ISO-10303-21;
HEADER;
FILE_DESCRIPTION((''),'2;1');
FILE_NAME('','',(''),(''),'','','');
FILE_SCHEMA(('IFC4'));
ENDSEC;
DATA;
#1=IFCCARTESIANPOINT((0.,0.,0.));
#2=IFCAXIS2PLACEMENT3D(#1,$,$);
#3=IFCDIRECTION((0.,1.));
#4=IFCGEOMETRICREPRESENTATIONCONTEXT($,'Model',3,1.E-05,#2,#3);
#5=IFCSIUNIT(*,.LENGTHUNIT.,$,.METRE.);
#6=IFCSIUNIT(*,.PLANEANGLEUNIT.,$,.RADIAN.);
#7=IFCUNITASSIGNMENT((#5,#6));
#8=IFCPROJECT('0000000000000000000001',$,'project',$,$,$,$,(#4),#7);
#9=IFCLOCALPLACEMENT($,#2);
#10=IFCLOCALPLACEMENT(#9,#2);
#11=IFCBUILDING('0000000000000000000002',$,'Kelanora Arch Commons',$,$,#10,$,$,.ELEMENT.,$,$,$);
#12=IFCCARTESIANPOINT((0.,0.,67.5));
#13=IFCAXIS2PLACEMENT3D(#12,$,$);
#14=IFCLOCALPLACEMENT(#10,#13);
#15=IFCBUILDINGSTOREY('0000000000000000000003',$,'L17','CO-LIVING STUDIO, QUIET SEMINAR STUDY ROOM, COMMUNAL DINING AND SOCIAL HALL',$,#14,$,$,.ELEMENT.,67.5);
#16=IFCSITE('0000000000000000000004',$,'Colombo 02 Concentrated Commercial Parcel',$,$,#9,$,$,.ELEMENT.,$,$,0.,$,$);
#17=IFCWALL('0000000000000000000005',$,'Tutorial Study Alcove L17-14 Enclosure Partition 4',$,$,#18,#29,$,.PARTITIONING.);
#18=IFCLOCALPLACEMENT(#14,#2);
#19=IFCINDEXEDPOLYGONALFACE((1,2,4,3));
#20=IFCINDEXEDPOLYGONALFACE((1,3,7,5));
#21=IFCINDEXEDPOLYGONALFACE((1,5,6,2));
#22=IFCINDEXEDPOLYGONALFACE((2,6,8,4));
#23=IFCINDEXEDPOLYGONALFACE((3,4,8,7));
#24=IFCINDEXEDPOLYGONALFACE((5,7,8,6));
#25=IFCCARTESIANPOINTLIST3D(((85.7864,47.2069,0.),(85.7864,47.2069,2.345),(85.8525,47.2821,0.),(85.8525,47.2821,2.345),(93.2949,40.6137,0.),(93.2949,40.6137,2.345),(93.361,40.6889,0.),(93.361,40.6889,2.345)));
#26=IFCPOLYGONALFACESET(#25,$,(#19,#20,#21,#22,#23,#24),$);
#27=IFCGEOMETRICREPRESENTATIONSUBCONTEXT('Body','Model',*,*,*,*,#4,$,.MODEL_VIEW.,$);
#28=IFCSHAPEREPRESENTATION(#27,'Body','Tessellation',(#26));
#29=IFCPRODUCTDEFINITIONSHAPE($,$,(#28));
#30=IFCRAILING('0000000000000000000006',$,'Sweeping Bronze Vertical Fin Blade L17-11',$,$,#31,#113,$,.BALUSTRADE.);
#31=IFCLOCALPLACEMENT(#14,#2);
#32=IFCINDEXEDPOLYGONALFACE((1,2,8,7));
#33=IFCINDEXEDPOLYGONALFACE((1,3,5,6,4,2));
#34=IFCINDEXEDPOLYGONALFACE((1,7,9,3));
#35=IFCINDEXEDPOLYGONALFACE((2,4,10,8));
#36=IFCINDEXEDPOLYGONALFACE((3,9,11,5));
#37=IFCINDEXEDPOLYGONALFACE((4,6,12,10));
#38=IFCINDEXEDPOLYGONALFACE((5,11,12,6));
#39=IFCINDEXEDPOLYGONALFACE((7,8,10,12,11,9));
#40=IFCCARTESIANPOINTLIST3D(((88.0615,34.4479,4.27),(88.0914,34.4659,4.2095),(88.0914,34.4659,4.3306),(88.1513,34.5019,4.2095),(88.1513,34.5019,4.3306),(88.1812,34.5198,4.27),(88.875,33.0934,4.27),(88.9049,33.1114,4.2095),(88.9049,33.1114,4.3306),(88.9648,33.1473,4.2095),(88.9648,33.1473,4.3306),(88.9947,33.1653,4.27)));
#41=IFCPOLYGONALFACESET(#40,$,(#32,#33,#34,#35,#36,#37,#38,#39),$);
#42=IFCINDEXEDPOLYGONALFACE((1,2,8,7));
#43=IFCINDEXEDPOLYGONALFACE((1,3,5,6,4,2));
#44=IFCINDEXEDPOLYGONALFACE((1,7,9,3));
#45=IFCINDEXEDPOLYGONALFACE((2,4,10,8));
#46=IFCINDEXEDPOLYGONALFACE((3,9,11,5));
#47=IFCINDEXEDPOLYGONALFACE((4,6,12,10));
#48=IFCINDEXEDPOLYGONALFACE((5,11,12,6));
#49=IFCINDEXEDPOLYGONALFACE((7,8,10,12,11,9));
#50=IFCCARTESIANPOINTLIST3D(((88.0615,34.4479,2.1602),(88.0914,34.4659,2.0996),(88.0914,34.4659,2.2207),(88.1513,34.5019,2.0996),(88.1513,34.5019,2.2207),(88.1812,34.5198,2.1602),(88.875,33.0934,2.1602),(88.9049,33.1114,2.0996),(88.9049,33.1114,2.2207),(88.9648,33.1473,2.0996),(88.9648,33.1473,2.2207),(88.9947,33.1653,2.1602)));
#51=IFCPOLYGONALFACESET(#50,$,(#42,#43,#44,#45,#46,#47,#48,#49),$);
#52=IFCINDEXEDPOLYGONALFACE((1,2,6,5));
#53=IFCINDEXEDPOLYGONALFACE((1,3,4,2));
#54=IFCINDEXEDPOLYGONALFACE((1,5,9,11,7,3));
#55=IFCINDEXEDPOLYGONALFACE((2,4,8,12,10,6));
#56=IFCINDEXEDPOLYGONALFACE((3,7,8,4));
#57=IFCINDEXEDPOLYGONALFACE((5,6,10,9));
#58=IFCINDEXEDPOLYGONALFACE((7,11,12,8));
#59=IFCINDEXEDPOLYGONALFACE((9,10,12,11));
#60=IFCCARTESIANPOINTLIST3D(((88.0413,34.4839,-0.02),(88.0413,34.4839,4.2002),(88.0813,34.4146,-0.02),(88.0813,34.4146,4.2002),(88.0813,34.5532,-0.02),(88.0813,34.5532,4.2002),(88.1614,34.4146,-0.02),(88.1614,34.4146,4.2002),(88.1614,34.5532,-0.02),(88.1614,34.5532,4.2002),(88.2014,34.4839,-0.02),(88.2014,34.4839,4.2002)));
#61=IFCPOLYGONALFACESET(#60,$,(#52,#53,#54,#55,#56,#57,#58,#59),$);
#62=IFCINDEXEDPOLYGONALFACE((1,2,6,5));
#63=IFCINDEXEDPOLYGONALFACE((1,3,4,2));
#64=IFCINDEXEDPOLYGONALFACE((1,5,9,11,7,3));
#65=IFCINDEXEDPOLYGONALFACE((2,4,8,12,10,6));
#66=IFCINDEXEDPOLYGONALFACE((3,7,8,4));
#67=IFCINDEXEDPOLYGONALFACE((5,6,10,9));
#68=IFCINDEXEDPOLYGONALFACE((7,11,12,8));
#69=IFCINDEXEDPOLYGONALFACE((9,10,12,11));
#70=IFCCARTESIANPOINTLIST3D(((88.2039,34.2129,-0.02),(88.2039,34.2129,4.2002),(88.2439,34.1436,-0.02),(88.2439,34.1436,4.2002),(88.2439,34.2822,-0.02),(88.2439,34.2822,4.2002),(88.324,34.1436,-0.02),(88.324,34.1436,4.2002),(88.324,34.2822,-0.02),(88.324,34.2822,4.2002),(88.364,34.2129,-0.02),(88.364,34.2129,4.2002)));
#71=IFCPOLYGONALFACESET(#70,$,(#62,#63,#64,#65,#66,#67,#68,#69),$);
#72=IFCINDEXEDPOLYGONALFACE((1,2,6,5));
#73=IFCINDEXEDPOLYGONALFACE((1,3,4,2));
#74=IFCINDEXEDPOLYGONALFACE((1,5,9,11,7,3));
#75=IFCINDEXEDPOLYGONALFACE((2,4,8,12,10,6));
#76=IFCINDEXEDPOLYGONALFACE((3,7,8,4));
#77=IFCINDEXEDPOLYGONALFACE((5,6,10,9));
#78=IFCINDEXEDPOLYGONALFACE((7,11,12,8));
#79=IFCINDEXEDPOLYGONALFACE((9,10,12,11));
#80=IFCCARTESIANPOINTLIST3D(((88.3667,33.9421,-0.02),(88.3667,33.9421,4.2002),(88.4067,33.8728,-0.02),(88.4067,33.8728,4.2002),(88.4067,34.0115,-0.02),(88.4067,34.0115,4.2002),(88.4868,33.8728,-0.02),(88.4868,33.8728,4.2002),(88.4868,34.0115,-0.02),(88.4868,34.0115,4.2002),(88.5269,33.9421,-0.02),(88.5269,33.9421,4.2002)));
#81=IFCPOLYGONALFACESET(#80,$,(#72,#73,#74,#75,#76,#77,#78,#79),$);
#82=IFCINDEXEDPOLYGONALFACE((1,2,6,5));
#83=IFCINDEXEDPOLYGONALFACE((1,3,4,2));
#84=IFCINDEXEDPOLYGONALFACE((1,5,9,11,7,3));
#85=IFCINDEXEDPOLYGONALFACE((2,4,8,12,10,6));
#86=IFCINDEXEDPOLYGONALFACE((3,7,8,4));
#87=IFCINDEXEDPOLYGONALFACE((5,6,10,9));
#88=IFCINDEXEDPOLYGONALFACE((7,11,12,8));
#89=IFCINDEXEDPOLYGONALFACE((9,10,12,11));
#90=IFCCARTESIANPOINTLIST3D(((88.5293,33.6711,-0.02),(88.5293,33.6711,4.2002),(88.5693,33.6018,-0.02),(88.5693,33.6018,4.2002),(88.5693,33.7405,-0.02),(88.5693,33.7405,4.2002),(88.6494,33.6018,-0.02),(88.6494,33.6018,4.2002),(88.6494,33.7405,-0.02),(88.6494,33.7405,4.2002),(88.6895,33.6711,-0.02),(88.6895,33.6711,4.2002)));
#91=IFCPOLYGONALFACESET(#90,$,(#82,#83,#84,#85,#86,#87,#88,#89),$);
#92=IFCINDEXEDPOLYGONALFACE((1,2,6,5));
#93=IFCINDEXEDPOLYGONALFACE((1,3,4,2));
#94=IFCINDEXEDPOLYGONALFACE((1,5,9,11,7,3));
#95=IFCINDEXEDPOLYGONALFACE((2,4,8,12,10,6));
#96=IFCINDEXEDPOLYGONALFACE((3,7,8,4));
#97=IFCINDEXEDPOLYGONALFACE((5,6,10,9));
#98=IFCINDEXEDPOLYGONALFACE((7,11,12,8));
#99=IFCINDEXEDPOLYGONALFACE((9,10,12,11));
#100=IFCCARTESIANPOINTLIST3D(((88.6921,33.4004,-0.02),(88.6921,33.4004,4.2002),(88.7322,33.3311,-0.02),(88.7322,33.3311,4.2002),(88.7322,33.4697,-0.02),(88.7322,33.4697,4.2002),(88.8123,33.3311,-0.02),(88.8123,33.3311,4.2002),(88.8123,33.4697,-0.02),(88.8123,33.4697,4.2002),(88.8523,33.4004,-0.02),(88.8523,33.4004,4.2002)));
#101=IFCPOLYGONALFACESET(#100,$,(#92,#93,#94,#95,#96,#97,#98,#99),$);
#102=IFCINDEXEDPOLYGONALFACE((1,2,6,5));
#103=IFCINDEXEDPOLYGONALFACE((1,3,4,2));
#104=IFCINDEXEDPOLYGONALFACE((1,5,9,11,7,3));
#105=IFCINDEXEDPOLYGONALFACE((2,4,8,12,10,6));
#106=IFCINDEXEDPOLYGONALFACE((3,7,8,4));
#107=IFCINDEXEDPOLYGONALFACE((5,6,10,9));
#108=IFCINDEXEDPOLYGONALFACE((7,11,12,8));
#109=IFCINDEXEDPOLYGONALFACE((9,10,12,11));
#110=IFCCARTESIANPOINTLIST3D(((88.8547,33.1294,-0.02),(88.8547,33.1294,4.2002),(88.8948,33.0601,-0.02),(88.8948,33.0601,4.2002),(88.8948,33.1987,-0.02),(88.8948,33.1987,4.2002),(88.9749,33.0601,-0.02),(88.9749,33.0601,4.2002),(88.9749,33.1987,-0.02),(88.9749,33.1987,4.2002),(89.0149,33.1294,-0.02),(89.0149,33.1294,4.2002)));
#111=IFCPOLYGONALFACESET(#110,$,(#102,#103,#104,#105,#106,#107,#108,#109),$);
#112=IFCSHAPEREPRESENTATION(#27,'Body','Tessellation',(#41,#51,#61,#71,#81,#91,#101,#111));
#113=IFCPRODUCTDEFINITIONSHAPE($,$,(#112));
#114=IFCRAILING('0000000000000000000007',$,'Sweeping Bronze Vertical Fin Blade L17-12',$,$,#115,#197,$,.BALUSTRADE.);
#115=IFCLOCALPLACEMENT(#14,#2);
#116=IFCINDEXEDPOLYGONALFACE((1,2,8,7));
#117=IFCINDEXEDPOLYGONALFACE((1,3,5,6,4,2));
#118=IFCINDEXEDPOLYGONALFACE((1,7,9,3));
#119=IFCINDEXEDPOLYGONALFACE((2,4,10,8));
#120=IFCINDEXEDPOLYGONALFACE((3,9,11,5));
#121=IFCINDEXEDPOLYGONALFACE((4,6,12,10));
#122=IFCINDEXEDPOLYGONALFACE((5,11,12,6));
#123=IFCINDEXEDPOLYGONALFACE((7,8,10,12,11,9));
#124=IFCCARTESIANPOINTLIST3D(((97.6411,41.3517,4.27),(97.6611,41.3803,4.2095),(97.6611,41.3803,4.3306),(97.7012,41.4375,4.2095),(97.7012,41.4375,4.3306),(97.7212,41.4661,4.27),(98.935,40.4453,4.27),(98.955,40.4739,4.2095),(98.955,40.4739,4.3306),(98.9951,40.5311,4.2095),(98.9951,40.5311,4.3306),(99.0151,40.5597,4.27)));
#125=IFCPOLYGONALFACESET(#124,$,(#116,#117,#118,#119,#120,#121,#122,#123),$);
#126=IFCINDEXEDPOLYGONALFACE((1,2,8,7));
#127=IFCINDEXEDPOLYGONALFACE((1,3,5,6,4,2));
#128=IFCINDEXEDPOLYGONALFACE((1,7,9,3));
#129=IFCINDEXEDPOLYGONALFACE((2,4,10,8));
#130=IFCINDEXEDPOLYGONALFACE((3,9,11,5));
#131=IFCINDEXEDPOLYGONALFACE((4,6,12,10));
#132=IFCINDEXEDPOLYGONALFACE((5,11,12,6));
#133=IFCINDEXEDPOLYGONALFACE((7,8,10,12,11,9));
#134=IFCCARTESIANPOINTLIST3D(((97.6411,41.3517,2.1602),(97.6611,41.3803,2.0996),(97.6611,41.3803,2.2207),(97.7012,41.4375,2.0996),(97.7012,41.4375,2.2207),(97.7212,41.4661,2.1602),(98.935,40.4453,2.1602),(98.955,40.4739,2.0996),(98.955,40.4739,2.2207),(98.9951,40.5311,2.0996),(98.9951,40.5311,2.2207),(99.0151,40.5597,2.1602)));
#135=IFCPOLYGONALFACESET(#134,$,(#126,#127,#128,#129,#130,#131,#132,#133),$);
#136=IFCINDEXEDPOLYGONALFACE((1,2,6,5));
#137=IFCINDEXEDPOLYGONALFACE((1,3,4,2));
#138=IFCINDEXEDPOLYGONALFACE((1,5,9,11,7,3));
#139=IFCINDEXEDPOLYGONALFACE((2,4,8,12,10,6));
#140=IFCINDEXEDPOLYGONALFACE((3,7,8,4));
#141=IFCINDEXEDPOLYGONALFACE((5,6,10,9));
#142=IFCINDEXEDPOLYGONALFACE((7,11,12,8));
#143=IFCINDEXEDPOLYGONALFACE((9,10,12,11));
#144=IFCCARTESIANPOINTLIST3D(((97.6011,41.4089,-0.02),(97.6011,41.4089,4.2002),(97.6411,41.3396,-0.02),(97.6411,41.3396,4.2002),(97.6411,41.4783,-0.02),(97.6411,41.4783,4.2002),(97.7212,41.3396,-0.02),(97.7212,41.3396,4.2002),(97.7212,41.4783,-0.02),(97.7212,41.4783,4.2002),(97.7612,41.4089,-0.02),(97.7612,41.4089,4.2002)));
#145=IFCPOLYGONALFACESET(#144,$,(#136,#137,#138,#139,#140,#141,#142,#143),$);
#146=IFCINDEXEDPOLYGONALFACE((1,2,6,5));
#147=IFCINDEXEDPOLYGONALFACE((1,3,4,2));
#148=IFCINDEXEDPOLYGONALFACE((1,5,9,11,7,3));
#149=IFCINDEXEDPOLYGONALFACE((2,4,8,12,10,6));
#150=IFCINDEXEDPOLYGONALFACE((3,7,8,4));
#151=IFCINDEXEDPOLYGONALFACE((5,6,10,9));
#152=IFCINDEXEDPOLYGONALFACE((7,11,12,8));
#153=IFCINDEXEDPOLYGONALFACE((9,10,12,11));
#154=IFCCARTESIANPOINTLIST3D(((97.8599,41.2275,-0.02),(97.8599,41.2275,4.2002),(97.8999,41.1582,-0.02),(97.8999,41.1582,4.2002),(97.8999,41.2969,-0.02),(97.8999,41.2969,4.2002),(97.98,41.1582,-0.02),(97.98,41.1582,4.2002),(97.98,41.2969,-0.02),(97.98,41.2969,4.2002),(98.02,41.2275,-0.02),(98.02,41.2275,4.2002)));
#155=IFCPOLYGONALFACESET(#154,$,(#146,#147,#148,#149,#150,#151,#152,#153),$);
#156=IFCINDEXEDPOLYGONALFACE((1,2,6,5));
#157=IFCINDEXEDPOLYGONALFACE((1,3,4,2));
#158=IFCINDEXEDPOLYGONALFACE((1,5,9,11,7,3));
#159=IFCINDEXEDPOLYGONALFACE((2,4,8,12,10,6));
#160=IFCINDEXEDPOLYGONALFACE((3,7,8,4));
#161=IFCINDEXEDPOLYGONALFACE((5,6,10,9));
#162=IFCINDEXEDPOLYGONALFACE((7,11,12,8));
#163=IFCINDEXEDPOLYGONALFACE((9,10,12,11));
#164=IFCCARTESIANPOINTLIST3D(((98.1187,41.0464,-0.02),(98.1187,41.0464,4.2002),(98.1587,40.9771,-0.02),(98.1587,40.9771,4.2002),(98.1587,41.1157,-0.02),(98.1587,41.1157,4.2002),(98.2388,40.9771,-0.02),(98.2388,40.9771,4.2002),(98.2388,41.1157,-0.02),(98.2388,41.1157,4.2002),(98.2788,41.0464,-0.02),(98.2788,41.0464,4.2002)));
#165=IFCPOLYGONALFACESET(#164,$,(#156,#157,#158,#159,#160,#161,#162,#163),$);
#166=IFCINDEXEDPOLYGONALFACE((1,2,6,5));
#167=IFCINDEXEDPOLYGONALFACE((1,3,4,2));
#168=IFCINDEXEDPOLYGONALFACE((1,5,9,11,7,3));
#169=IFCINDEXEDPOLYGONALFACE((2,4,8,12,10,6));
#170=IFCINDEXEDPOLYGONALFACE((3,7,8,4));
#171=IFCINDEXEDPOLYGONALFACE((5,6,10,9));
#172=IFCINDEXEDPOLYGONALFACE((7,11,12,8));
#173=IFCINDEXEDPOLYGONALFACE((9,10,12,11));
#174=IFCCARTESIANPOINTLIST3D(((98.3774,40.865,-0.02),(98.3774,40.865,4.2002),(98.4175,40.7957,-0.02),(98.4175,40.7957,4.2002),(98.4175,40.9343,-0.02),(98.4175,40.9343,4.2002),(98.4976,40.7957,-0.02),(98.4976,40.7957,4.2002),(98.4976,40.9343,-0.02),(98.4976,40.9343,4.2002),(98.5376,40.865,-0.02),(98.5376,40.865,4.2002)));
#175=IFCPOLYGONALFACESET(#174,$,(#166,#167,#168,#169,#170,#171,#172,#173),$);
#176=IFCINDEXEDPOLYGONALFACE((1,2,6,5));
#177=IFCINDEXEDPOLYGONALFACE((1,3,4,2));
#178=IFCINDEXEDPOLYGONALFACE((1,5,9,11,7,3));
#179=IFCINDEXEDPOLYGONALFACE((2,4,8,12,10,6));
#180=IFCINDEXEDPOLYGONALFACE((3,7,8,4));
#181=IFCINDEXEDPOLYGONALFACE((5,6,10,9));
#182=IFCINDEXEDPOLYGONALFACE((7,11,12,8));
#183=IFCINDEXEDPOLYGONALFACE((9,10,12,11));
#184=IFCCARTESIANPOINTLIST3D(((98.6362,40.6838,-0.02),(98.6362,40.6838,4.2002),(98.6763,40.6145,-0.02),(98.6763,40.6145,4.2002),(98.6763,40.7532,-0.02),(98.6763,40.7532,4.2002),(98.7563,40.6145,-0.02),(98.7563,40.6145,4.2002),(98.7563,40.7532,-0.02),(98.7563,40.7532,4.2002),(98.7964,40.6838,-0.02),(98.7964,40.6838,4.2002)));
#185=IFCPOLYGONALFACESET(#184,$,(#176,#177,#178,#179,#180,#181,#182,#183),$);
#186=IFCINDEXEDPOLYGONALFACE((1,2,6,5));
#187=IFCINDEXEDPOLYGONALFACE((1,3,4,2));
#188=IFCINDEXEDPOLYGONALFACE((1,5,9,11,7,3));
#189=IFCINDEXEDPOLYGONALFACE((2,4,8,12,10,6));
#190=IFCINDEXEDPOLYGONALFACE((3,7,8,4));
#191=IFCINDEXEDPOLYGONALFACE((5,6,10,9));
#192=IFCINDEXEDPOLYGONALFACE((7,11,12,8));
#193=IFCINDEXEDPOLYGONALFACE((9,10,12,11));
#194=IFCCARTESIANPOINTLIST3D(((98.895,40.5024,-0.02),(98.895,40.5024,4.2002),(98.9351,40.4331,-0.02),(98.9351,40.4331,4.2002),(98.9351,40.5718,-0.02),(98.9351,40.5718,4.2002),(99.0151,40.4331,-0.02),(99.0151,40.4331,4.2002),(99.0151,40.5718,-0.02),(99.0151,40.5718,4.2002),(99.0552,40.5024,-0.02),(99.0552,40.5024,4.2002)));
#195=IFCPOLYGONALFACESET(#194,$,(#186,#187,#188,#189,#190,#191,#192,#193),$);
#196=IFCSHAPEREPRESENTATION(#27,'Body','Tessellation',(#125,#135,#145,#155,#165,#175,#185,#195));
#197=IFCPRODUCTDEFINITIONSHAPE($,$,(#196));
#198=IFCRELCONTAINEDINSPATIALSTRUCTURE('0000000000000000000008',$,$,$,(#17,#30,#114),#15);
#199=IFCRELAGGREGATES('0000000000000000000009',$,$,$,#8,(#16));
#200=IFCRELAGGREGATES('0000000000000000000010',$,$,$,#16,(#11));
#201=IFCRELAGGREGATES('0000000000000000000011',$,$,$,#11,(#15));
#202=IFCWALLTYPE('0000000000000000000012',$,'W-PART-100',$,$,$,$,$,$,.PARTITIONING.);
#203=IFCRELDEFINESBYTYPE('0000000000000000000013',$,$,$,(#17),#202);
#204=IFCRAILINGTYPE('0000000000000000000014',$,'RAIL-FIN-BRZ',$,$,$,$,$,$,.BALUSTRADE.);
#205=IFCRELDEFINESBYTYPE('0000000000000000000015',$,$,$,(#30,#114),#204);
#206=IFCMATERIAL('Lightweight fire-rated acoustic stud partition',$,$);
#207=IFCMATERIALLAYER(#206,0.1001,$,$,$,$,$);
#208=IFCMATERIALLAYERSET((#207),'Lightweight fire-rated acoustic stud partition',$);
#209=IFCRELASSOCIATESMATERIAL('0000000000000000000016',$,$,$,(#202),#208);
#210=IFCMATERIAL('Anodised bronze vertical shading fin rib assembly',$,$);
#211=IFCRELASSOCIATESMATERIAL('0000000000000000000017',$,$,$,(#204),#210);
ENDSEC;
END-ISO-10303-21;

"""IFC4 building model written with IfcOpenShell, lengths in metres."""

from ifc_helpers import new_model, si_unit, direction, frame, frame_2d, origin, place, context, subcontext, project, spatial, polyline, rectangle, outline, extrude, material, layer, layer_set, type_object, element, save


model = new_model("IFC4")

# Units and contexts
model_context = context("Model", 3, precision=1e-05, world=origin(), true_north=direction((0.0, 1.0)))
body_context = subcontext(model_context, "Body", "Model", "MODEL_VIEW")
ifc_project = project(units=[si_unit("LENGTHUNIT", "METRE"), si_unit("PLANEANGLEUNIT", "RADIAN")], contexts=[model_context])

# Site, building, storey
site_placement = place(None, origin())
site = spatial("IfcSite", under=ifc_project, at=site_placement, Name="Colombo 02 Concentrated Commercial Parcel", CompositionType="ELEMENT", RefElevation=0.0)
building_placement = place(site_placement, origin())
building = spatial("IfcBuilding", under=site, at=building_placement, Name="Kelanora Arch Commons", CompositionType="ELEMENT")
storey_placement = place(building_placement, frame((0.0, 0.0, 67.5)))
storey = spatial("IfcBuildingStorey", under=building, at=storey_placement, Name="L17", Description="CO-LIVING STUDIO, QUIET SEMINAR STUDY ROOM, COMMUNAL DINING AND SOCIAL HALL", CompositionType="ELEMENT", Elevation=67.5)

# Wall
ifc_material_1 = material(Name="Lightweight fire-rated acoustic stud partition")
ifc_layer_1 = layer(ifc_material_1, 0.1001)
ifc_layer_set_1 = layer_set([ifc_layer_1], Name="Lightweight fire-rated acoustic stud partition")
wall_type_1 = type_object("IfcWallType", Name="W-PART-100", PredefinedType="PARTITIONING", material=ifc_layer_set_1)
wall_1_placement = place(storey_placement, frame((93.3279, 40.6514, 0.0), z_axis=(0.0, 0.0, 1.0), x_axis=(-0.751421, 0.659823, 0.0)))
element("IfcWall", 1, at=wall_1_placement, inside=storey, type_object=wall_type_1, Name="Tutorial Study Alcove L17-14 Enclosure Partition 4", PredefinedType="PARTITIONING", context=body_context, shape_type="SweptSolid", body=[
    extrude(rectangle(XDim=9.9924, YDim=0.1001, at=frame_2d((4.9961, 0.0))), origin(), (0.0, 0.0, 1.0), 2.345),
])

# Railings
ifc_material_2 = material(Name="Anodised bronze vertical shading fin rib assembly")
railing_type = type_object("IfcRailingType", Name="RAIL-FIN-BRZ", PredefinedType="BALUSTRADE", material=ifc_material_2)
railing_1_placement = place(storey_placement, frame((88.1213, 34.4839, -0.02)))
element("IfcRailing", 2, at=railing_1_placement, inside=storey, type_object=railing_type, Name="Sweeping Bronze Vertical Fin Blade L17-11", PredefinedType="BALUSTRADE", context=body_context, shape_type="SweptSolid", body=[
    extrude(outline(polyline([(0.0698, 0.0), (0.0349, 0.0605), (-0.0349, 0.0605), (-0.0698, 0.0), (-0.0349, -0.0605), (0.0349, -0.0605), (0.0698, 0.0)])), frame((0.0, 0.0, 4.29), z_axis=(0.514859, -0.857275, 0.0), x_axis=(0.857275, 0.514859, 0.0)), (0.0, 0.0, 1.0), 1.5801),
    extrude(outline(polyline([(0.0698, 0.0), (0.0349, 0.0605), (-0.0349, 0.0605), (-0.0698, 0.0), (-0.0349, -0.0605), (0.0349, -0.0605), (0.0698, 0.0)])), frame((0.0, 0.0, 2.1802), z_axis=(0.514859, -0.857275, 0.0), x_axis=(0.857275, 0.514859, 0.0)), (0.0, 0.0, 1.0), 1.5801),
    extrude(outline(polyline([(0.0801, 0.0), (0.04, 0.0693), (-0.04, 0.0693), (-0.0801, 0.0), (-0.04, -0.0693), (0.04, -0.0693), (0.0801, 0.0)])), origin(), (0.0, 0.0, 1.0), 4.2202),
    extrude(outline(polyline([(0.0801, 0.0), (0.04, 0.0693), (-0.04, 0.0693), (-0.0801, 0.0), (-0.04, -0.0693), (0.04, -0.0693), (0.0801, 0.0)])), frame((0.1626, -0.271, 0.0)), (0.0, 0.0, 1.0), 4.2202),
    extrude(outline(polyline([(0.0801, 0.0), (0.04, 0.0693), (-0.04, 0.0693), (-0.0801, 0.0), (-0.04, -0.0693), (0.04, -0.0693), (0.0801, 0.0)])), frame((0.3254, -0.5417, 0.0)), (0.0, 0.0, 1.0), 4.2202),
    extrude(outline(polyline([(0.0801, 0.0), (0.04, 0.0693), (-0.04, 0.0693), (-0.0801, 0.0), (-0.04, -0.0693), (0.04, -0.0693), (0.0801, 0.0)])), frame((0.488, -0.8127, 0.0)), (0.0, 0.0, 1.0), 4.2202),
    extrude(outline(polyline([(0.0801, 0.0), (0.04, 0.0693), (-0.04, 0.0693), (-0.0801, 0.0), (-0.04, -0.0693), (0.04, -0.0693), (0.0801, 0.0)])), frame((0.6509, -1.0835, 0.0)), (0.0, 0.0, 1.0), 4.2202),
    extrude(outline(polyline([(0.0801, 0.0), (0.04, 0.0693), (-0.04, 0.0693), (-0.0801, 0.0), (-0.04, -0.0693), (0.04, -0.0693), (0.0801, 0.0)])), frame((0.8135, -1.3545, 0.0)), (0.0, 0.0, 1.0), 4.2202),
])
railing_2_placement = place(storey_placement, frame((97.6812, 41.4089, -0.02)))
element("IfcRailing", 3, at=railing_2_placement, inside=storey, type_object=railing_type, Name="Sweeping Bronze Vertical Fin Blade L17-12", PredefinedType="BALUSTRADE", context=body_context, shape_type="SweptSolid", body=[
    extrude(outline(polyline([(0.0698, 0.0), (0.0349, 0.0605), (-0.0349, 0.0605), (-0.0698, 0.0), (-0.0349, -0.0605), (0.0349, -0.0605), (0.0698, 0.0)])), frame((0.0, 0.0, 4.29), z_axis=(0.819014, -0.573773, 0.0), x_axis=(0.573773, 0.819014, 0.0)), (0.0, 0.0, 1.0), 1.5798),
    extrude(outline(polyline([(0.0698, 0.0), (0.0349, 0.0605), (-0.0349, 0.0605), (-0.0698, 0.0), (-0.0349, -0.0605), (0.0349, -0.0605), (0.0698, 0.0)])), frame((0.0, 0.0, 2.1802), z_axis=(0.819014, -0.573773, 0.0), x_axis=(0.573773, 0.819014, 0.0)), (0.0, 0.0, 1.0), 1.5798),
    extrude(outline(polyline([(0.0801, 0.0), (0.04, 0.0693), (-0.04, 0.0693), (-0.0801, 0.0), (-0.04, -0.0693), (0.04, -0.0693), (0.0801, 0.0)])), origin(), (0.0, 0.0, 1.0), 4.2202),
    extrude(outline(polyline([(0.0801, 0.0), (0.04, 0.0693), (-0.04, 0.0693), (-0.0801, 0.0), (-0.04, -0.0693), (0.04, -0.0693), (0.0801, 0.0)])), frame((0.2588, -0.1814, 0.0)), (0.0, 0.0, 1.0), 4.2202),
    extrude(outline(polyline([(0.0801, 0.0), (0.04, 0.0693), (-0.04, 0.0693), (-0.0801, 0.0), (-0.04, -0.0693), (0.04, -0.0693), (0.0801, 0.0)])), frame((0.5176, -0.3625, 0.0)), (0.0, 0.0, 1.0), 4.2202),
    extrude(outline(polyline([(0.0801, 0.0), (0.04, 0.0693), (-0.04, 0.0693), (-0.0801, 0.0), (-0.04, -0.0693), (0.04, -0.0693), (0.0801, 0.0)])), frame((0.7764, -0.5439, 0.0)), (0.0, 0.0, 1.0), 4.2202),
    extrude(outline(polyline([(0.0801, 0.0), (0.04, 0.0693), (-0.04, 0.0693), (-0.0801, 0.0), (-0.04, -0.0693), (0.04, -0.0693), (0.0801, 0.0)])), frame((1.0352, -0.7251, 0.0)), (0.0, 0.0, 1.0), 4.2202),
    extrude(outline(polyline([(0.0801, 0.0), (0.04, 0.0693), (-0.04, 0.0693), (-0.0801, 0.0), (-0.04, -0.0693), (0.04, -0.0693), (0.0801, 0.0)])), frame((1.2939, -0.9065, 0.0)), (0.0, 0.0, 1.0), 4.2202),
])

save(model, "model.ifc")
